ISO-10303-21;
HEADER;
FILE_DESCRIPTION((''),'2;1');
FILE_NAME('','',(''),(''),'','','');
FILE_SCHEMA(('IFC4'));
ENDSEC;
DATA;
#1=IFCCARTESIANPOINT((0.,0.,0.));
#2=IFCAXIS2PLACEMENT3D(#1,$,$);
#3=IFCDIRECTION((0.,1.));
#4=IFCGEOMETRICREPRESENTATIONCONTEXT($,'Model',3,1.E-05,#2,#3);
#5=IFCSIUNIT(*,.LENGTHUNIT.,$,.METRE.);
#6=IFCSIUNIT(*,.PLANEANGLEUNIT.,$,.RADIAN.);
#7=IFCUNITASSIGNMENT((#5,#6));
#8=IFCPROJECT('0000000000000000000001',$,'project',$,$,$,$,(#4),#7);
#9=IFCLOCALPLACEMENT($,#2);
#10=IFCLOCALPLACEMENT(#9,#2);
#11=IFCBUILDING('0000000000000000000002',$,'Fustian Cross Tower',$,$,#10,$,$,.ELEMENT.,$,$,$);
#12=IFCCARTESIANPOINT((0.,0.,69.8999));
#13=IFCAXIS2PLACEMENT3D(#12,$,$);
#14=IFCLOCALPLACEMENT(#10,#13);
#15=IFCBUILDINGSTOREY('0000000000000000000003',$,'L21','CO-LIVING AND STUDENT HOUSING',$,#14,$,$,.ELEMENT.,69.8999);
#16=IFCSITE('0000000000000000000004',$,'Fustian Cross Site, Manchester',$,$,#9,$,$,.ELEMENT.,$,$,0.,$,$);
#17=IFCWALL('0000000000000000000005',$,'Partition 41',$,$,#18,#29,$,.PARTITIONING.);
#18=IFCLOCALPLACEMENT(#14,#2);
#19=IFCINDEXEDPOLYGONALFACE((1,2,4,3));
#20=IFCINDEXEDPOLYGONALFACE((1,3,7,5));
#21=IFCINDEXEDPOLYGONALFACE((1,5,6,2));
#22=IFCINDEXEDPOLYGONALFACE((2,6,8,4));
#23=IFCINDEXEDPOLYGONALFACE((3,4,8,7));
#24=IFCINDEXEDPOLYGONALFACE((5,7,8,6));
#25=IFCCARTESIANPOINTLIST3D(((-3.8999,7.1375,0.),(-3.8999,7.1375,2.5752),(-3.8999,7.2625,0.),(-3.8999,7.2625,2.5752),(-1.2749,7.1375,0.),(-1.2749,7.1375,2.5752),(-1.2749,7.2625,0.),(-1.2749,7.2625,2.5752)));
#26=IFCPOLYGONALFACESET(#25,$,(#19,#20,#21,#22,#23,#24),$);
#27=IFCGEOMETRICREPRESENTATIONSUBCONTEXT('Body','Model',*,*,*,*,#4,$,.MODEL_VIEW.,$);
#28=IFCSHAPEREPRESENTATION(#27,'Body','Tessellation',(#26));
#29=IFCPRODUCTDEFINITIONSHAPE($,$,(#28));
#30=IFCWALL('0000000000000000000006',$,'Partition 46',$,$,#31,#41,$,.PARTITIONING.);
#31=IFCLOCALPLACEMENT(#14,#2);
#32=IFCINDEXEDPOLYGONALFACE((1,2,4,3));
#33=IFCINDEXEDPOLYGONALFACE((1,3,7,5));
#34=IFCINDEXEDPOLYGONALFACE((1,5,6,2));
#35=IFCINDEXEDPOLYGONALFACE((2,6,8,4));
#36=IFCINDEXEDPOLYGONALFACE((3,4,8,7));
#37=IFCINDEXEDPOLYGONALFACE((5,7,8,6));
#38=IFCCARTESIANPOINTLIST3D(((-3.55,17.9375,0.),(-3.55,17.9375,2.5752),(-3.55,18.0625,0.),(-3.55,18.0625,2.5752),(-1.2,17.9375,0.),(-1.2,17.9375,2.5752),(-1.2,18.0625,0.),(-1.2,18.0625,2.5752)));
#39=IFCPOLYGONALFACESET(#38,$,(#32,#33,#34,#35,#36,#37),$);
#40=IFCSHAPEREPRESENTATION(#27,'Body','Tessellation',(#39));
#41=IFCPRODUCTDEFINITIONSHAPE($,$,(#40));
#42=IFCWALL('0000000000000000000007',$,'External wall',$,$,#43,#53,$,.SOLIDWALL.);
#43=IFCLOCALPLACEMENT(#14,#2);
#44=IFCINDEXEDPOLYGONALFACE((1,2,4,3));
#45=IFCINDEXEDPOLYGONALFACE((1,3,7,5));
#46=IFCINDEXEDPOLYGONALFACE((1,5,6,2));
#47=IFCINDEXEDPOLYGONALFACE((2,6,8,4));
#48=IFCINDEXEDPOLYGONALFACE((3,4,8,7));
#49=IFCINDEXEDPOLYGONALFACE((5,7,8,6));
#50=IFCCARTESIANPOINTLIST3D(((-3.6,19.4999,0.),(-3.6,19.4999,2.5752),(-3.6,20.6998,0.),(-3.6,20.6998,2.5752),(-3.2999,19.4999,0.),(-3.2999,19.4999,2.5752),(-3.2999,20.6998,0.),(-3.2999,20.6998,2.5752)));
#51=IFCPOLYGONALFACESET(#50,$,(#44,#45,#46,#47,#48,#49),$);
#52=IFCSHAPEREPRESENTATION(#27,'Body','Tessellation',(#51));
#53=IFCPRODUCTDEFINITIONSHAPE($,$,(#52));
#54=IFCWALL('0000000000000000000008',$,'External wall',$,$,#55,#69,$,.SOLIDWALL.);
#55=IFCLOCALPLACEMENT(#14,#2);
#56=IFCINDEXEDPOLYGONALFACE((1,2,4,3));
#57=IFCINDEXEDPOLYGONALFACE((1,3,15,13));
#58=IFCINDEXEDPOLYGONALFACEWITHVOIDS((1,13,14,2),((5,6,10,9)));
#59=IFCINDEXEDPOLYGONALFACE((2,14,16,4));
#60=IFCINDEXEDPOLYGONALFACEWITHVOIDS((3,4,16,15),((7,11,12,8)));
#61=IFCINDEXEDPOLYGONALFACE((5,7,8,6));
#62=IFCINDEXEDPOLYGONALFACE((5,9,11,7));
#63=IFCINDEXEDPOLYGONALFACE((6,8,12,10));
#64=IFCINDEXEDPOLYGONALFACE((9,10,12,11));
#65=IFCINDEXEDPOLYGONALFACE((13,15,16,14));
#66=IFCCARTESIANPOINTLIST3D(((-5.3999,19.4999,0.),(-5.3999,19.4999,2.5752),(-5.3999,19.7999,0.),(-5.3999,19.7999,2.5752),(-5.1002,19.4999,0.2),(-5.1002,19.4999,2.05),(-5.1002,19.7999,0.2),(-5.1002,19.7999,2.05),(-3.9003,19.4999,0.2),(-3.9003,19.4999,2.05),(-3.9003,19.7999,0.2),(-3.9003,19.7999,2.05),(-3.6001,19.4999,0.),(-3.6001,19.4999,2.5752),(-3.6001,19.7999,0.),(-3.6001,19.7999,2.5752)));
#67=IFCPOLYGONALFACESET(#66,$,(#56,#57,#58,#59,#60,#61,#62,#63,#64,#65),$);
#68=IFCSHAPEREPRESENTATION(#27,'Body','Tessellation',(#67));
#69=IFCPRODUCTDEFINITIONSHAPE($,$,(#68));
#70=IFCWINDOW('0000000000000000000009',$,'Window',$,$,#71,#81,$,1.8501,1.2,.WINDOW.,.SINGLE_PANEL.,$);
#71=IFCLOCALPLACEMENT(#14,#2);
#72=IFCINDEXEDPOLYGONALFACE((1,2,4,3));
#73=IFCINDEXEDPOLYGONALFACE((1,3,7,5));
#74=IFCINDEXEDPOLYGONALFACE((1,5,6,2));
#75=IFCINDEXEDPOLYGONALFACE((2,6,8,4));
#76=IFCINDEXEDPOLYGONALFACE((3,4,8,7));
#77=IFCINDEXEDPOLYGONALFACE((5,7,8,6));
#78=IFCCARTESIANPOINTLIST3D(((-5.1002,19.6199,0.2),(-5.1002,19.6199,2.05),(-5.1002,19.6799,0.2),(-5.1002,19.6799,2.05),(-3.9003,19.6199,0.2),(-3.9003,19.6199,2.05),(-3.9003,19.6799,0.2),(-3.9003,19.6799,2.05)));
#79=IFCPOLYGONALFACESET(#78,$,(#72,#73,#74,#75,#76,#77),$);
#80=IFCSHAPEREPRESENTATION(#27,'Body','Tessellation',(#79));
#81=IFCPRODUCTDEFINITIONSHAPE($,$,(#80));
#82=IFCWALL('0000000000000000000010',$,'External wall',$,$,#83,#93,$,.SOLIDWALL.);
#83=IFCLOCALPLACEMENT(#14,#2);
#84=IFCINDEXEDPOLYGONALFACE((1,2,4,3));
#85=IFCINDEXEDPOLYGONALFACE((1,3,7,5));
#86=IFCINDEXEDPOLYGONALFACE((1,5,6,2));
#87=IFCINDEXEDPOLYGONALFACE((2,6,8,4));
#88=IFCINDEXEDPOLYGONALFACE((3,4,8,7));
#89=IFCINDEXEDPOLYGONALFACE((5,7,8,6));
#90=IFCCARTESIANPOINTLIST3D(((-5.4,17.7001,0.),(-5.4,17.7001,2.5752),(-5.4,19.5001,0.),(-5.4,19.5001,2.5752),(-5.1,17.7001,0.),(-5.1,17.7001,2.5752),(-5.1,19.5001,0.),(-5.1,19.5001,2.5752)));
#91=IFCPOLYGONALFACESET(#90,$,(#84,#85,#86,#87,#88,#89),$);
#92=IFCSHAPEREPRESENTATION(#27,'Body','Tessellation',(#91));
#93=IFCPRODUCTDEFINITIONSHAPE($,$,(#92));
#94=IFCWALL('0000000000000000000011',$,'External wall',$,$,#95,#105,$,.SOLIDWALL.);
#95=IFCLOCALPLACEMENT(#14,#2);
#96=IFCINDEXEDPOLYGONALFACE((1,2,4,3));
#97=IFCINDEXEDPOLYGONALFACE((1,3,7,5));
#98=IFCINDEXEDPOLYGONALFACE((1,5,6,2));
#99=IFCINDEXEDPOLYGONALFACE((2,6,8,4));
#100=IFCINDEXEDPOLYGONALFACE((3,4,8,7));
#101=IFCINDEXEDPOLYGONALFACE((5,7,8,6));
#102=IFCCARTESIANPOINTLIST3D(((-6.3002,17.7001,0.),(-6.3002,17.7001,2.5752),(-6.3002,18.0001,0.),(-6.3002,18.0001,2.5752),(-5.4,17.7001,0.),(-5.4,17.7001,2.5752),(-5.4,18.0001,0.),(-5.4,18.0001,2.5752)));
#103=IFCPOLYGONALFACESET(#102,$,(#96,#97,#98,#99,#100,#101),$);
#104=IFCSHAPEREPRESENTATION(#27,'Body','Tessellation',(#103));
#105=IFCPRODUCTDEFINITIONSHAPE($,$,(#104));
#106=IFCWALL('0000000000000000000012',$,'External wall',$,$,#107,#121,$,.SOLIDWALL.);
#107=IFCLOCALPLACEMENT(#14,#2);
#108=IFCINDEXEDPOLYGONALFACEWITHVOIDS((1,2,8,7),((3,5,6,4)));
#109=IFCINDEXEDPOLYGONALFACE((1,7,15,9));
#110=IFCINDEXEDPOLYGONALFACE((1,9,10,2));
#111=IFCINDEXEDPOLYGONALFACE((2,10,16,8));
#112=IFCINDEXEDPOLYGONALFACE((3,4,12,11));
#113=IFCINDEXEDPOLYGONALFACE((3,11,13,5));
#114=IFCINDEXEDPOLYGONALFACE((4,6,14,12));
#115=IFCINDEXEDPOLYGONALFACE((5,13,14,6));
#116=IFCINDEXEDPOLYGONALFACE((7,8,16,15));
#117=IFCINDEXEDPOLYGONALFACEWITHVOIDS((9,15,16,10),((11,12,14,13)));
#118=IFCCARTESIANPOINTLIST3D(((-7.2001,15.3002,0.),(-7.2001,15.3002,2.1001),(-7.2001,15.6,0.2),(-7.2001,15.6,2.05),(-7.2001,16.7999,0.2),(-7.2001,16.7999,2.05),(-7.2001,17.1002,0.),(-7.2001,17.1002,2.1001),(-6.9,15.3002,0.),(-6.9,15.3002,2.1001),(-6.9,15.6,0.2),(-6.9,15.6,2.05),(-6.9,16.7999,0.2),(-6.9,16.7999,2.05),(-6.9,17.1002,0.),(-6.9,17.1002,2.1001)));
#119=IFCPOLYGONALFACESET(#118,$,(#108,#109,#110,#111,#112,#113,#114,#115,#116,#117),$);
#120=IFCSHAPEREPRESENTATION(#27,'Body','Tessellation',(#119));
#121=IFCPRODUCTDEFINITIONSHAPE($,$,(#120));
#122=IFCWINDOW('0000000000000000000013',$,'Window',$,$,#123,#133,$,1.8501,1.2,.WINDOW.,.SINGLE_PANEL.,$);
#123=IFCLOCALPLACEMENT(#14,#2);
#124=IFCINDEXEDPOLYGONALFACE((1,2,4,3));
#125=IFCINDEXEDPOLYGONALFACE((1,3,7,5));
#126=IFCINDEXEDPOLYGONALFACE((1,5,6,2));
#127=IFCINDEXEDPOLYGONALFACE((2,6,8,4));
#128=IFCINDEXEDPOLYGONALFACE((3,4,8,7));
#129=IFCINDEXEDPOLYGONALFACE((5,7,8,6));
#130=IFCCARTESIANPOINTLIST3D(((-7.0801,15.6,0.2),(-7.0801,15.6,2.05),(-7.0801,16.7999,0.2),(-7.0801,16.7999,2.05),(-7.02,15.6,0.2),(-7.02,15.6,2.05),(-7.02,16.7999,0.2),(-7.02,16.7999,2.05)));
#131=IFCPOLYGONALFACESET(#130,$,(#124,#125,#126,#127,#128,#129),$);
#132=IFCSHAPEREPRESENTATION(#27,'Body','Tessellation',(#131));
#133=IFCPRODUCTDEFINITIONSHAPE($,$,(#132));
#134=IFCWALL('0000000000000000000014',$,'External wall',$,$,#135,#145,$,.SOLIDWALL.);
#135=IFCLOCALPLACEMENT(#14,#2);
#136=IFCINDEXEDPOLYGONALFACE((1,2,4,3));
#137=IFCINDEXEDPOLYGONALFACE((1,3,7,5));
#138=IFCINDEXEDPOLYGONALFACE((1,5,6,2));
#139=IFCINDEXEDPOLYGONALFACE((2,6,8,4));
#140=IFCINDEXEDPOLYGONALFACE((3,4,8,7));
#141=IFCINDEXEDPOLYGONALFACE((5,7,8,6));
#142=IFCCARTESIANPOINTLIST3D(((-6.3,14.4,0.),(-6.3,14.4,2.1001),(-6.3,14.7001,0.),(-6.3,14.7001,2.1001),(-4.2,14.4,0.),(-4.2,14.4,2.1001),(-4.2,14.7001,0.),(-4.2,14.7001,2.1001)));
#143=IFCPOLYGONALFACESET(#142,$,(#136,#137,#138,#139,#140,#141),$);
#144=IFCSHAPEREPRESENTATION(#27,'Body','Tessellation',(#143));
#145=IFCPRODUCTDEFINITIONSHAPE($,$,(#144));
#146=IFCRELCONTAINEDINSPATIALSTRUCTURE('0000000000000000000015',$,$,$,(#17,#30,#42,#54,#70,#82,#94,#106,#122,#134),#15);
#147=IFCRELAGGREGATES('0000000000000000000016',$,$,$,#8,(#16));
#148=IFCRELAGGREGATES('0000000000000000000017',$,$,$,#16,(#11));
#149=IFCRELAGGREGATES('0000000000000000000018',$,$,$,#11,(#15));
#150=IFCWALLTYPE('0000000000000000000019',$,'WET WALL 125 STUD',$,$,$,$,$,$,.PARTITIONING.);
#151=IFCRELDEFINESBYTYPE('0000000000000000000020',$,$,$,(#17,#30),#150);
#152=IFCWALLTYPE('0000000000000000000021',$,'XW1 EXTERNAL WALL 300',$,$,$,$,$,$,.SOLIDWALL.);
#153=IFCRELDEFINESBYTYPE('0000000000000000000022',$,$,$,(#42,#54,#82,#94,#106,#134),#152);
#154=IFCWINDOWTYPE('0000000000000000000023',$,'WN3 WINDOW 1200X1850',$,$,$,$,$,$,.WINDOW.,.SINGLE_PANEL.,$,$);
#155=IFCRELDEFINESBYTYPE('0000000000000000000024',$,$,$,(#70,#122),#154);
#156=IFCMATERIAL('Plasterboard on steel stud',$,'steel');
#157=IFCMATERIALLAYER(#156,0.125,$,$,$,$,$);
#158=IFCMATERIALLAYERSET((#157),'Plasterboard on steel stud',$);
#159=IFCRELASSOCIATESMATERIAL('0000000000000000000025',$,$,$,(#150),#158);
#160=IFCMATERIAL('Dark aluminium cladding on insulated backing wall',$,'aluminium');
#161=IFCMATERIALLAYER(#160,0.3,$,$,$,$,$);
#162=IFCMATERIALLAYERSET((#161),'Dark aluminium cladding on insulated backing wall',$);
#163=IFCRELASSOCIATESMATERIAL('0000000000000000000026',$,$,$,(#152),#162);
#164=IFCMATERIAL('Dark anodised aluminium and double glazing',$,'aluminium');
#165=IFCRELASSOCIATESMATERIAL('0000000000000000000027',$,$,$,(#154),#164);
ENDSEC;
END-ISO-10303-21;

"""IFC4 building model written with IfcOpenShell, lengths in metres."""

from ifc_helpers import new_model, si_unit, direction, frame, frame_2d, origin, place, context, subcontext, project, spatial, rectangle, extrude, material, layer, layer_set, type_object, element, fill, save


model = new_model("IFC4")

# Units and contexts
model_context = context("Model", 3, precision=1e-05, world=origin(), true_north=direction((0.0, 1.0)))
body_context = subcontext(model_context, "Body", "Model", "MODEL_VIEW")
ifc_project = project(units=[si_unit("LENGTHUNIT", "METRE"), si_unit("PLANEANGLEUNIT", "RADIAN")], contexts=[model_context])

# Site, building, storey
site_placement = place(None, origin())
site = spatial("IfcSite", under=ifc_project, at=site_placement, Name="Fustian Cross Site, Manchester", CompositionType="ELEMENT", RefElevation=0.0)
building_placement = place(site_placement, origin())
building = spatial("IfcBuilding", under=site, at=building_placement, Name="Fustian Cross Tower", CompositionType="ELEMENT")
storey_placement = place(building_placement, frame((0.0, 0.0, 69.8999)))
storey = spatial("IfcBuildingStorey", under=building, at=storey_placement, Name="L21", Description="CO-LIVING AND STUDENT HOUSING", CompositionType="ELEMENT", Elevation=69.8999)

# Walls
ifc_material_1 = material(Name="Plasterboard on steel stud", Category="steel")
ifc_layer_1 = layer(ifc_material_1, 0.125)
ifc_layer_set_1 = layer_set([ifc_layer_1], Name="Plasterboard on steel stud")
wall_type_1 = type_object("IfcWallType", Name="WET WALL 125 STUD", PredefinedType="PARTITIONING", material=ifc_layer_set_1)
wall_1_placement = place(storey_placement, frame((-3.8999, 7.2, 0.0), z_axis=(0.0, 0.0, 1.0), x_axis=(1.0, 0.0, 0.0)))
element("IfcWall", 1, at=wall_1_placement, inside=storey, type_object=wall_type_1, Name="Partition 41", PredefinedType="PARTITIONING", context=body_context, shape_type="SweptSolid", body=[
    extrude(rectangle(XDim=2.625, YDim=0.125, at=frame_2d((1.3125, 0.0))), origin(), (0.0, 0.0, 1.0), 2.5752),
])
wall_2_placement = place(storey_placement, frame((-3.55, 18.0, 0.0), z_axis=(0.0, 0.0, 1.0), x_axis=(1.0, 0.0, 0.0)))
element("IfcWall", 2, at=wall_2_placement, inside=storey, type_object=wall_type_1, Name="Partition 46", PredefinedType="PARTITIONING", context=body_context, shape_type="SweptSolid", body=[
    extrude(rectangle(XDim=2.3501, YDim=0.125, at=frame_2d((1.175, 0.0))), origin(), (0.0, 0.0, 1.0), 2.5752),
])
ifc_material_2 = material(Name="Dark aluminium cladding on insulated backing wall", Category="aluminium")
ifc_layer_2 = layer(ifc_material_2, 0.3)
ifc_layer_set_2 = layer_set([ifc_layer_2], Name="Dark aluminium cladding on insulated backing wall")
wall_type_2 = type_object("IfcWallType", Name="XW1 EXTERNAL WALL 300", PredefinedType="SOLIDWALL", material=ifc_layer_set_2)
wall_3_placement = place(storey_placement, frame((-3.45, 20.7, 0.0), z_axis=(0.0, 0.0, 1.0), x_axis=(0.0, -1.0, 0.0)))
element("IfcWall", 3, at=wall_3_placement, inside=storey, type_object=wall_type_2, Name="External wall", PredefinedType="SOLIDWALL", context=body_context, shape_type="SweptSolid", body=[
    extrude(rectangle(XDim=1.2, YDim=0.3, at=frame_2d((0.6001, 0.0))), origin(), (0.0, 0.0, 1.0), 2.5752),
])

# Wall, opening, window
wall_4_placement = place(storey_placement, frame((-3.6001, 19.6499, 0.0), z_axis=(0.0, 0.0, 1.0), x_axis=(-1.0, 0.0, 0.0)))
wall_4 = element("IfcWall", 4, at=wall_4_placement, inside=storey, type_object=wall_type_2, Name="External wall", PredefinedType="SOLIDWALL", context=body_context, shape_type="SweptSolid", body=[
    extrude(rectangle(XDim=1.7998, YDim=0.3, at=frame_2d((0.8999, 0.0))), origin(), (0.0, 0.0, 1.0), 2.5752),
])
opening_1_placement = place(wall_4_placement, frame((0.3, 0.0, 0.2)))
opening_1 = element("IfcOpeningElement", 5, at=opening_1_placement, cuts=wall_4, PredefinedType="OPENING", context=body_context, shape_type="SweptSolid", body=[
    extrude(rectangle(XDim=1.2, YDim=1.8501, at=frame_2d((0.6001, 0.925))), frame((0.0, 0.1599, 0.0), z_axis=(0.0, -1.0, 0.0), x_axis=(1.0, 0.0, 0.0)), (0.0, 0.0, 1.0), 0.3201),
])
ifc_material_3 = material(Name="Dark anodised aluminium and double glazing", Category="aluminium")
window_type_1 = type_object("IfcWindowType", Name="WN3 WINDOW 1200X1850", PartitioningType="SINGLE_PANEL", PredefinedType="WINDOW", material=ifc_material_3)
window_1_placement = place(opening_1_placement, origin())
window_1 = element("IfcWindow", 6, at=window_1_placement, inside=storey, type_object=window_type_1, Name="Window", OverallHeight=1.8501, OverallWidth=1.2, PartitioningType="SINGLE_PANEL", PredefinedType="WINDOW", context=body_context, shape_type="SweptSolid", body=[
    extrude(rectangle(XDim=1.2, YDim=1.8501, at=frame_2d((0.6001, 0.925))), frame((0.0, 0.03, 0.0), z_axis=(0.0, -1.0, 0.0), x_axis=(1.0, 0.0, 0.0)), (0.0, 0.0, 1.0), 0.0601),
])
fill(opening_1, window_1)

# Walls
wall_5_placement = place(storey_placement, frame((-5.25, 19.5, 0.0), z_axis=(0.0, 0.0, 1.0), x_axis=(0.0, -1.0, 0.0)))
element("IfcWall", 7, at=wall_5_placement, inside=storey, type_object=wall_type_2, Name="External wall", PredefinedType="SOLIDWALL", context=body_context, shape_type="SweptSolid", body=[
    extrude(rectangle(XDim=1.8, YDim=0.3, at=frame_2d((0.8999, 0.0))), origin(), (0.0, 0.0, 1.0), 2.5752),
])
wall_6_placement = place(storey_placement, frame((-5.3999, 17.8501, 0.0), z_axis=(0.0, 0.0, 1.0), x_axis=(-1.0, 0.0, 0.0)))
element("IfcWall", 8, at=wall_6_placement, inside=storey, type_object=wall_type_2, Name="External wall", PredefinedType="SOLIDWALL", context=body_context, shape_type="SweptSolid", body=[
    extrude(rectangle(XDim=0.9001, YDim=0.3, at=frame_2d((0.4502, 0.0))), origin(), (0.0, 0.0, 1.0), 2.5752),
])

# Wall, opening, window
wall_7_placement = place(storey_placement, frame((-7.05, 17.1001, 0.0), z_axis=(0.0, 0.0, 1.0), x_axis=(0.0, -1.0, 0.0)))
wall_7 = element("IfcWall", 9, at=wall_7_placement, inside=storey, type_object=wall_type_2, Name="External wall", PredefinedType="SOLIDWALL", context=body_context, shape_type="SweptSolid", body=[
    extrude(rectangle(XDim=1.8, YDim=0.3, at=frame_2d((0.8999, 0.0))), origin(), (0.0, 0.0, 1.0), 2.1001),
])
opening_2_placement = place(wall_7_placement, frame((0.3, 0.0, 0.2)))
opening_2 = element("IfcOpeningElement", 10, at=opening_2_placement, cuts=wall_7, PredefinedType="OPENING", context=body_context, shape_type="SweptSolid", body=[
    extrude(rectangle(XDim=1.2, YDim=1.8501, at=frame_2d((0.6001, 0.925))), frame((0.0, 0.1599, 0.0), z_axis=(0.0, -1.0, 0.0), x_axis=(1.0, 0.0, 0.0)), (0.0, 0.0, 1.0), 0.3201),
])
window_2_placement = place(opening_2_placement, origin())
window_2 = element("IfcWindow", 11, at=window_2_placement, inside=storey, type_object=window_type_1, Name="Window", OverallHeight=1.8501, OverallWidth=1.2, PartitioningType="SINGLE_PANEL", PredefinedType="WINDOW", context=body_context, shape_type="SweptSolid", body=[
    extrude(rectangle(XDim=1.2, YDim=1.8501, at=frame_2d((0.6001, 0.925))), frame((0.0, 0.03, 0.0), z_axis=(0.0, -1.0, 0.0), x_axis=(1.0, 0.0, 0.0)), (0.0, 0.0, 1.0), 0.0601),
])
fill(opening_2, window_2)

# Wall
wall_8_placement = place(storey_placement, frame((-6.3, 14.55, 0.0), z_axis=(0.0, 0.0, 1.0), x_axis=(1.0, 0.0, 0.0)))
element("IfcWall", 12, at=wall_8_placement, inside=storey, type_object=wall_type_2, Name="External wall", PredefinedType="SOLIDWALL", context=body_context, shape_type="SweptSolid", body=[
    extrude(rectangle(XDim=2.1001, YDim=0.3, at=frame_2d((1.05, 0.0))), origin(), (0.0, 0.0, 1.0), 2.1001),
])

save(model, "model.ifc")
